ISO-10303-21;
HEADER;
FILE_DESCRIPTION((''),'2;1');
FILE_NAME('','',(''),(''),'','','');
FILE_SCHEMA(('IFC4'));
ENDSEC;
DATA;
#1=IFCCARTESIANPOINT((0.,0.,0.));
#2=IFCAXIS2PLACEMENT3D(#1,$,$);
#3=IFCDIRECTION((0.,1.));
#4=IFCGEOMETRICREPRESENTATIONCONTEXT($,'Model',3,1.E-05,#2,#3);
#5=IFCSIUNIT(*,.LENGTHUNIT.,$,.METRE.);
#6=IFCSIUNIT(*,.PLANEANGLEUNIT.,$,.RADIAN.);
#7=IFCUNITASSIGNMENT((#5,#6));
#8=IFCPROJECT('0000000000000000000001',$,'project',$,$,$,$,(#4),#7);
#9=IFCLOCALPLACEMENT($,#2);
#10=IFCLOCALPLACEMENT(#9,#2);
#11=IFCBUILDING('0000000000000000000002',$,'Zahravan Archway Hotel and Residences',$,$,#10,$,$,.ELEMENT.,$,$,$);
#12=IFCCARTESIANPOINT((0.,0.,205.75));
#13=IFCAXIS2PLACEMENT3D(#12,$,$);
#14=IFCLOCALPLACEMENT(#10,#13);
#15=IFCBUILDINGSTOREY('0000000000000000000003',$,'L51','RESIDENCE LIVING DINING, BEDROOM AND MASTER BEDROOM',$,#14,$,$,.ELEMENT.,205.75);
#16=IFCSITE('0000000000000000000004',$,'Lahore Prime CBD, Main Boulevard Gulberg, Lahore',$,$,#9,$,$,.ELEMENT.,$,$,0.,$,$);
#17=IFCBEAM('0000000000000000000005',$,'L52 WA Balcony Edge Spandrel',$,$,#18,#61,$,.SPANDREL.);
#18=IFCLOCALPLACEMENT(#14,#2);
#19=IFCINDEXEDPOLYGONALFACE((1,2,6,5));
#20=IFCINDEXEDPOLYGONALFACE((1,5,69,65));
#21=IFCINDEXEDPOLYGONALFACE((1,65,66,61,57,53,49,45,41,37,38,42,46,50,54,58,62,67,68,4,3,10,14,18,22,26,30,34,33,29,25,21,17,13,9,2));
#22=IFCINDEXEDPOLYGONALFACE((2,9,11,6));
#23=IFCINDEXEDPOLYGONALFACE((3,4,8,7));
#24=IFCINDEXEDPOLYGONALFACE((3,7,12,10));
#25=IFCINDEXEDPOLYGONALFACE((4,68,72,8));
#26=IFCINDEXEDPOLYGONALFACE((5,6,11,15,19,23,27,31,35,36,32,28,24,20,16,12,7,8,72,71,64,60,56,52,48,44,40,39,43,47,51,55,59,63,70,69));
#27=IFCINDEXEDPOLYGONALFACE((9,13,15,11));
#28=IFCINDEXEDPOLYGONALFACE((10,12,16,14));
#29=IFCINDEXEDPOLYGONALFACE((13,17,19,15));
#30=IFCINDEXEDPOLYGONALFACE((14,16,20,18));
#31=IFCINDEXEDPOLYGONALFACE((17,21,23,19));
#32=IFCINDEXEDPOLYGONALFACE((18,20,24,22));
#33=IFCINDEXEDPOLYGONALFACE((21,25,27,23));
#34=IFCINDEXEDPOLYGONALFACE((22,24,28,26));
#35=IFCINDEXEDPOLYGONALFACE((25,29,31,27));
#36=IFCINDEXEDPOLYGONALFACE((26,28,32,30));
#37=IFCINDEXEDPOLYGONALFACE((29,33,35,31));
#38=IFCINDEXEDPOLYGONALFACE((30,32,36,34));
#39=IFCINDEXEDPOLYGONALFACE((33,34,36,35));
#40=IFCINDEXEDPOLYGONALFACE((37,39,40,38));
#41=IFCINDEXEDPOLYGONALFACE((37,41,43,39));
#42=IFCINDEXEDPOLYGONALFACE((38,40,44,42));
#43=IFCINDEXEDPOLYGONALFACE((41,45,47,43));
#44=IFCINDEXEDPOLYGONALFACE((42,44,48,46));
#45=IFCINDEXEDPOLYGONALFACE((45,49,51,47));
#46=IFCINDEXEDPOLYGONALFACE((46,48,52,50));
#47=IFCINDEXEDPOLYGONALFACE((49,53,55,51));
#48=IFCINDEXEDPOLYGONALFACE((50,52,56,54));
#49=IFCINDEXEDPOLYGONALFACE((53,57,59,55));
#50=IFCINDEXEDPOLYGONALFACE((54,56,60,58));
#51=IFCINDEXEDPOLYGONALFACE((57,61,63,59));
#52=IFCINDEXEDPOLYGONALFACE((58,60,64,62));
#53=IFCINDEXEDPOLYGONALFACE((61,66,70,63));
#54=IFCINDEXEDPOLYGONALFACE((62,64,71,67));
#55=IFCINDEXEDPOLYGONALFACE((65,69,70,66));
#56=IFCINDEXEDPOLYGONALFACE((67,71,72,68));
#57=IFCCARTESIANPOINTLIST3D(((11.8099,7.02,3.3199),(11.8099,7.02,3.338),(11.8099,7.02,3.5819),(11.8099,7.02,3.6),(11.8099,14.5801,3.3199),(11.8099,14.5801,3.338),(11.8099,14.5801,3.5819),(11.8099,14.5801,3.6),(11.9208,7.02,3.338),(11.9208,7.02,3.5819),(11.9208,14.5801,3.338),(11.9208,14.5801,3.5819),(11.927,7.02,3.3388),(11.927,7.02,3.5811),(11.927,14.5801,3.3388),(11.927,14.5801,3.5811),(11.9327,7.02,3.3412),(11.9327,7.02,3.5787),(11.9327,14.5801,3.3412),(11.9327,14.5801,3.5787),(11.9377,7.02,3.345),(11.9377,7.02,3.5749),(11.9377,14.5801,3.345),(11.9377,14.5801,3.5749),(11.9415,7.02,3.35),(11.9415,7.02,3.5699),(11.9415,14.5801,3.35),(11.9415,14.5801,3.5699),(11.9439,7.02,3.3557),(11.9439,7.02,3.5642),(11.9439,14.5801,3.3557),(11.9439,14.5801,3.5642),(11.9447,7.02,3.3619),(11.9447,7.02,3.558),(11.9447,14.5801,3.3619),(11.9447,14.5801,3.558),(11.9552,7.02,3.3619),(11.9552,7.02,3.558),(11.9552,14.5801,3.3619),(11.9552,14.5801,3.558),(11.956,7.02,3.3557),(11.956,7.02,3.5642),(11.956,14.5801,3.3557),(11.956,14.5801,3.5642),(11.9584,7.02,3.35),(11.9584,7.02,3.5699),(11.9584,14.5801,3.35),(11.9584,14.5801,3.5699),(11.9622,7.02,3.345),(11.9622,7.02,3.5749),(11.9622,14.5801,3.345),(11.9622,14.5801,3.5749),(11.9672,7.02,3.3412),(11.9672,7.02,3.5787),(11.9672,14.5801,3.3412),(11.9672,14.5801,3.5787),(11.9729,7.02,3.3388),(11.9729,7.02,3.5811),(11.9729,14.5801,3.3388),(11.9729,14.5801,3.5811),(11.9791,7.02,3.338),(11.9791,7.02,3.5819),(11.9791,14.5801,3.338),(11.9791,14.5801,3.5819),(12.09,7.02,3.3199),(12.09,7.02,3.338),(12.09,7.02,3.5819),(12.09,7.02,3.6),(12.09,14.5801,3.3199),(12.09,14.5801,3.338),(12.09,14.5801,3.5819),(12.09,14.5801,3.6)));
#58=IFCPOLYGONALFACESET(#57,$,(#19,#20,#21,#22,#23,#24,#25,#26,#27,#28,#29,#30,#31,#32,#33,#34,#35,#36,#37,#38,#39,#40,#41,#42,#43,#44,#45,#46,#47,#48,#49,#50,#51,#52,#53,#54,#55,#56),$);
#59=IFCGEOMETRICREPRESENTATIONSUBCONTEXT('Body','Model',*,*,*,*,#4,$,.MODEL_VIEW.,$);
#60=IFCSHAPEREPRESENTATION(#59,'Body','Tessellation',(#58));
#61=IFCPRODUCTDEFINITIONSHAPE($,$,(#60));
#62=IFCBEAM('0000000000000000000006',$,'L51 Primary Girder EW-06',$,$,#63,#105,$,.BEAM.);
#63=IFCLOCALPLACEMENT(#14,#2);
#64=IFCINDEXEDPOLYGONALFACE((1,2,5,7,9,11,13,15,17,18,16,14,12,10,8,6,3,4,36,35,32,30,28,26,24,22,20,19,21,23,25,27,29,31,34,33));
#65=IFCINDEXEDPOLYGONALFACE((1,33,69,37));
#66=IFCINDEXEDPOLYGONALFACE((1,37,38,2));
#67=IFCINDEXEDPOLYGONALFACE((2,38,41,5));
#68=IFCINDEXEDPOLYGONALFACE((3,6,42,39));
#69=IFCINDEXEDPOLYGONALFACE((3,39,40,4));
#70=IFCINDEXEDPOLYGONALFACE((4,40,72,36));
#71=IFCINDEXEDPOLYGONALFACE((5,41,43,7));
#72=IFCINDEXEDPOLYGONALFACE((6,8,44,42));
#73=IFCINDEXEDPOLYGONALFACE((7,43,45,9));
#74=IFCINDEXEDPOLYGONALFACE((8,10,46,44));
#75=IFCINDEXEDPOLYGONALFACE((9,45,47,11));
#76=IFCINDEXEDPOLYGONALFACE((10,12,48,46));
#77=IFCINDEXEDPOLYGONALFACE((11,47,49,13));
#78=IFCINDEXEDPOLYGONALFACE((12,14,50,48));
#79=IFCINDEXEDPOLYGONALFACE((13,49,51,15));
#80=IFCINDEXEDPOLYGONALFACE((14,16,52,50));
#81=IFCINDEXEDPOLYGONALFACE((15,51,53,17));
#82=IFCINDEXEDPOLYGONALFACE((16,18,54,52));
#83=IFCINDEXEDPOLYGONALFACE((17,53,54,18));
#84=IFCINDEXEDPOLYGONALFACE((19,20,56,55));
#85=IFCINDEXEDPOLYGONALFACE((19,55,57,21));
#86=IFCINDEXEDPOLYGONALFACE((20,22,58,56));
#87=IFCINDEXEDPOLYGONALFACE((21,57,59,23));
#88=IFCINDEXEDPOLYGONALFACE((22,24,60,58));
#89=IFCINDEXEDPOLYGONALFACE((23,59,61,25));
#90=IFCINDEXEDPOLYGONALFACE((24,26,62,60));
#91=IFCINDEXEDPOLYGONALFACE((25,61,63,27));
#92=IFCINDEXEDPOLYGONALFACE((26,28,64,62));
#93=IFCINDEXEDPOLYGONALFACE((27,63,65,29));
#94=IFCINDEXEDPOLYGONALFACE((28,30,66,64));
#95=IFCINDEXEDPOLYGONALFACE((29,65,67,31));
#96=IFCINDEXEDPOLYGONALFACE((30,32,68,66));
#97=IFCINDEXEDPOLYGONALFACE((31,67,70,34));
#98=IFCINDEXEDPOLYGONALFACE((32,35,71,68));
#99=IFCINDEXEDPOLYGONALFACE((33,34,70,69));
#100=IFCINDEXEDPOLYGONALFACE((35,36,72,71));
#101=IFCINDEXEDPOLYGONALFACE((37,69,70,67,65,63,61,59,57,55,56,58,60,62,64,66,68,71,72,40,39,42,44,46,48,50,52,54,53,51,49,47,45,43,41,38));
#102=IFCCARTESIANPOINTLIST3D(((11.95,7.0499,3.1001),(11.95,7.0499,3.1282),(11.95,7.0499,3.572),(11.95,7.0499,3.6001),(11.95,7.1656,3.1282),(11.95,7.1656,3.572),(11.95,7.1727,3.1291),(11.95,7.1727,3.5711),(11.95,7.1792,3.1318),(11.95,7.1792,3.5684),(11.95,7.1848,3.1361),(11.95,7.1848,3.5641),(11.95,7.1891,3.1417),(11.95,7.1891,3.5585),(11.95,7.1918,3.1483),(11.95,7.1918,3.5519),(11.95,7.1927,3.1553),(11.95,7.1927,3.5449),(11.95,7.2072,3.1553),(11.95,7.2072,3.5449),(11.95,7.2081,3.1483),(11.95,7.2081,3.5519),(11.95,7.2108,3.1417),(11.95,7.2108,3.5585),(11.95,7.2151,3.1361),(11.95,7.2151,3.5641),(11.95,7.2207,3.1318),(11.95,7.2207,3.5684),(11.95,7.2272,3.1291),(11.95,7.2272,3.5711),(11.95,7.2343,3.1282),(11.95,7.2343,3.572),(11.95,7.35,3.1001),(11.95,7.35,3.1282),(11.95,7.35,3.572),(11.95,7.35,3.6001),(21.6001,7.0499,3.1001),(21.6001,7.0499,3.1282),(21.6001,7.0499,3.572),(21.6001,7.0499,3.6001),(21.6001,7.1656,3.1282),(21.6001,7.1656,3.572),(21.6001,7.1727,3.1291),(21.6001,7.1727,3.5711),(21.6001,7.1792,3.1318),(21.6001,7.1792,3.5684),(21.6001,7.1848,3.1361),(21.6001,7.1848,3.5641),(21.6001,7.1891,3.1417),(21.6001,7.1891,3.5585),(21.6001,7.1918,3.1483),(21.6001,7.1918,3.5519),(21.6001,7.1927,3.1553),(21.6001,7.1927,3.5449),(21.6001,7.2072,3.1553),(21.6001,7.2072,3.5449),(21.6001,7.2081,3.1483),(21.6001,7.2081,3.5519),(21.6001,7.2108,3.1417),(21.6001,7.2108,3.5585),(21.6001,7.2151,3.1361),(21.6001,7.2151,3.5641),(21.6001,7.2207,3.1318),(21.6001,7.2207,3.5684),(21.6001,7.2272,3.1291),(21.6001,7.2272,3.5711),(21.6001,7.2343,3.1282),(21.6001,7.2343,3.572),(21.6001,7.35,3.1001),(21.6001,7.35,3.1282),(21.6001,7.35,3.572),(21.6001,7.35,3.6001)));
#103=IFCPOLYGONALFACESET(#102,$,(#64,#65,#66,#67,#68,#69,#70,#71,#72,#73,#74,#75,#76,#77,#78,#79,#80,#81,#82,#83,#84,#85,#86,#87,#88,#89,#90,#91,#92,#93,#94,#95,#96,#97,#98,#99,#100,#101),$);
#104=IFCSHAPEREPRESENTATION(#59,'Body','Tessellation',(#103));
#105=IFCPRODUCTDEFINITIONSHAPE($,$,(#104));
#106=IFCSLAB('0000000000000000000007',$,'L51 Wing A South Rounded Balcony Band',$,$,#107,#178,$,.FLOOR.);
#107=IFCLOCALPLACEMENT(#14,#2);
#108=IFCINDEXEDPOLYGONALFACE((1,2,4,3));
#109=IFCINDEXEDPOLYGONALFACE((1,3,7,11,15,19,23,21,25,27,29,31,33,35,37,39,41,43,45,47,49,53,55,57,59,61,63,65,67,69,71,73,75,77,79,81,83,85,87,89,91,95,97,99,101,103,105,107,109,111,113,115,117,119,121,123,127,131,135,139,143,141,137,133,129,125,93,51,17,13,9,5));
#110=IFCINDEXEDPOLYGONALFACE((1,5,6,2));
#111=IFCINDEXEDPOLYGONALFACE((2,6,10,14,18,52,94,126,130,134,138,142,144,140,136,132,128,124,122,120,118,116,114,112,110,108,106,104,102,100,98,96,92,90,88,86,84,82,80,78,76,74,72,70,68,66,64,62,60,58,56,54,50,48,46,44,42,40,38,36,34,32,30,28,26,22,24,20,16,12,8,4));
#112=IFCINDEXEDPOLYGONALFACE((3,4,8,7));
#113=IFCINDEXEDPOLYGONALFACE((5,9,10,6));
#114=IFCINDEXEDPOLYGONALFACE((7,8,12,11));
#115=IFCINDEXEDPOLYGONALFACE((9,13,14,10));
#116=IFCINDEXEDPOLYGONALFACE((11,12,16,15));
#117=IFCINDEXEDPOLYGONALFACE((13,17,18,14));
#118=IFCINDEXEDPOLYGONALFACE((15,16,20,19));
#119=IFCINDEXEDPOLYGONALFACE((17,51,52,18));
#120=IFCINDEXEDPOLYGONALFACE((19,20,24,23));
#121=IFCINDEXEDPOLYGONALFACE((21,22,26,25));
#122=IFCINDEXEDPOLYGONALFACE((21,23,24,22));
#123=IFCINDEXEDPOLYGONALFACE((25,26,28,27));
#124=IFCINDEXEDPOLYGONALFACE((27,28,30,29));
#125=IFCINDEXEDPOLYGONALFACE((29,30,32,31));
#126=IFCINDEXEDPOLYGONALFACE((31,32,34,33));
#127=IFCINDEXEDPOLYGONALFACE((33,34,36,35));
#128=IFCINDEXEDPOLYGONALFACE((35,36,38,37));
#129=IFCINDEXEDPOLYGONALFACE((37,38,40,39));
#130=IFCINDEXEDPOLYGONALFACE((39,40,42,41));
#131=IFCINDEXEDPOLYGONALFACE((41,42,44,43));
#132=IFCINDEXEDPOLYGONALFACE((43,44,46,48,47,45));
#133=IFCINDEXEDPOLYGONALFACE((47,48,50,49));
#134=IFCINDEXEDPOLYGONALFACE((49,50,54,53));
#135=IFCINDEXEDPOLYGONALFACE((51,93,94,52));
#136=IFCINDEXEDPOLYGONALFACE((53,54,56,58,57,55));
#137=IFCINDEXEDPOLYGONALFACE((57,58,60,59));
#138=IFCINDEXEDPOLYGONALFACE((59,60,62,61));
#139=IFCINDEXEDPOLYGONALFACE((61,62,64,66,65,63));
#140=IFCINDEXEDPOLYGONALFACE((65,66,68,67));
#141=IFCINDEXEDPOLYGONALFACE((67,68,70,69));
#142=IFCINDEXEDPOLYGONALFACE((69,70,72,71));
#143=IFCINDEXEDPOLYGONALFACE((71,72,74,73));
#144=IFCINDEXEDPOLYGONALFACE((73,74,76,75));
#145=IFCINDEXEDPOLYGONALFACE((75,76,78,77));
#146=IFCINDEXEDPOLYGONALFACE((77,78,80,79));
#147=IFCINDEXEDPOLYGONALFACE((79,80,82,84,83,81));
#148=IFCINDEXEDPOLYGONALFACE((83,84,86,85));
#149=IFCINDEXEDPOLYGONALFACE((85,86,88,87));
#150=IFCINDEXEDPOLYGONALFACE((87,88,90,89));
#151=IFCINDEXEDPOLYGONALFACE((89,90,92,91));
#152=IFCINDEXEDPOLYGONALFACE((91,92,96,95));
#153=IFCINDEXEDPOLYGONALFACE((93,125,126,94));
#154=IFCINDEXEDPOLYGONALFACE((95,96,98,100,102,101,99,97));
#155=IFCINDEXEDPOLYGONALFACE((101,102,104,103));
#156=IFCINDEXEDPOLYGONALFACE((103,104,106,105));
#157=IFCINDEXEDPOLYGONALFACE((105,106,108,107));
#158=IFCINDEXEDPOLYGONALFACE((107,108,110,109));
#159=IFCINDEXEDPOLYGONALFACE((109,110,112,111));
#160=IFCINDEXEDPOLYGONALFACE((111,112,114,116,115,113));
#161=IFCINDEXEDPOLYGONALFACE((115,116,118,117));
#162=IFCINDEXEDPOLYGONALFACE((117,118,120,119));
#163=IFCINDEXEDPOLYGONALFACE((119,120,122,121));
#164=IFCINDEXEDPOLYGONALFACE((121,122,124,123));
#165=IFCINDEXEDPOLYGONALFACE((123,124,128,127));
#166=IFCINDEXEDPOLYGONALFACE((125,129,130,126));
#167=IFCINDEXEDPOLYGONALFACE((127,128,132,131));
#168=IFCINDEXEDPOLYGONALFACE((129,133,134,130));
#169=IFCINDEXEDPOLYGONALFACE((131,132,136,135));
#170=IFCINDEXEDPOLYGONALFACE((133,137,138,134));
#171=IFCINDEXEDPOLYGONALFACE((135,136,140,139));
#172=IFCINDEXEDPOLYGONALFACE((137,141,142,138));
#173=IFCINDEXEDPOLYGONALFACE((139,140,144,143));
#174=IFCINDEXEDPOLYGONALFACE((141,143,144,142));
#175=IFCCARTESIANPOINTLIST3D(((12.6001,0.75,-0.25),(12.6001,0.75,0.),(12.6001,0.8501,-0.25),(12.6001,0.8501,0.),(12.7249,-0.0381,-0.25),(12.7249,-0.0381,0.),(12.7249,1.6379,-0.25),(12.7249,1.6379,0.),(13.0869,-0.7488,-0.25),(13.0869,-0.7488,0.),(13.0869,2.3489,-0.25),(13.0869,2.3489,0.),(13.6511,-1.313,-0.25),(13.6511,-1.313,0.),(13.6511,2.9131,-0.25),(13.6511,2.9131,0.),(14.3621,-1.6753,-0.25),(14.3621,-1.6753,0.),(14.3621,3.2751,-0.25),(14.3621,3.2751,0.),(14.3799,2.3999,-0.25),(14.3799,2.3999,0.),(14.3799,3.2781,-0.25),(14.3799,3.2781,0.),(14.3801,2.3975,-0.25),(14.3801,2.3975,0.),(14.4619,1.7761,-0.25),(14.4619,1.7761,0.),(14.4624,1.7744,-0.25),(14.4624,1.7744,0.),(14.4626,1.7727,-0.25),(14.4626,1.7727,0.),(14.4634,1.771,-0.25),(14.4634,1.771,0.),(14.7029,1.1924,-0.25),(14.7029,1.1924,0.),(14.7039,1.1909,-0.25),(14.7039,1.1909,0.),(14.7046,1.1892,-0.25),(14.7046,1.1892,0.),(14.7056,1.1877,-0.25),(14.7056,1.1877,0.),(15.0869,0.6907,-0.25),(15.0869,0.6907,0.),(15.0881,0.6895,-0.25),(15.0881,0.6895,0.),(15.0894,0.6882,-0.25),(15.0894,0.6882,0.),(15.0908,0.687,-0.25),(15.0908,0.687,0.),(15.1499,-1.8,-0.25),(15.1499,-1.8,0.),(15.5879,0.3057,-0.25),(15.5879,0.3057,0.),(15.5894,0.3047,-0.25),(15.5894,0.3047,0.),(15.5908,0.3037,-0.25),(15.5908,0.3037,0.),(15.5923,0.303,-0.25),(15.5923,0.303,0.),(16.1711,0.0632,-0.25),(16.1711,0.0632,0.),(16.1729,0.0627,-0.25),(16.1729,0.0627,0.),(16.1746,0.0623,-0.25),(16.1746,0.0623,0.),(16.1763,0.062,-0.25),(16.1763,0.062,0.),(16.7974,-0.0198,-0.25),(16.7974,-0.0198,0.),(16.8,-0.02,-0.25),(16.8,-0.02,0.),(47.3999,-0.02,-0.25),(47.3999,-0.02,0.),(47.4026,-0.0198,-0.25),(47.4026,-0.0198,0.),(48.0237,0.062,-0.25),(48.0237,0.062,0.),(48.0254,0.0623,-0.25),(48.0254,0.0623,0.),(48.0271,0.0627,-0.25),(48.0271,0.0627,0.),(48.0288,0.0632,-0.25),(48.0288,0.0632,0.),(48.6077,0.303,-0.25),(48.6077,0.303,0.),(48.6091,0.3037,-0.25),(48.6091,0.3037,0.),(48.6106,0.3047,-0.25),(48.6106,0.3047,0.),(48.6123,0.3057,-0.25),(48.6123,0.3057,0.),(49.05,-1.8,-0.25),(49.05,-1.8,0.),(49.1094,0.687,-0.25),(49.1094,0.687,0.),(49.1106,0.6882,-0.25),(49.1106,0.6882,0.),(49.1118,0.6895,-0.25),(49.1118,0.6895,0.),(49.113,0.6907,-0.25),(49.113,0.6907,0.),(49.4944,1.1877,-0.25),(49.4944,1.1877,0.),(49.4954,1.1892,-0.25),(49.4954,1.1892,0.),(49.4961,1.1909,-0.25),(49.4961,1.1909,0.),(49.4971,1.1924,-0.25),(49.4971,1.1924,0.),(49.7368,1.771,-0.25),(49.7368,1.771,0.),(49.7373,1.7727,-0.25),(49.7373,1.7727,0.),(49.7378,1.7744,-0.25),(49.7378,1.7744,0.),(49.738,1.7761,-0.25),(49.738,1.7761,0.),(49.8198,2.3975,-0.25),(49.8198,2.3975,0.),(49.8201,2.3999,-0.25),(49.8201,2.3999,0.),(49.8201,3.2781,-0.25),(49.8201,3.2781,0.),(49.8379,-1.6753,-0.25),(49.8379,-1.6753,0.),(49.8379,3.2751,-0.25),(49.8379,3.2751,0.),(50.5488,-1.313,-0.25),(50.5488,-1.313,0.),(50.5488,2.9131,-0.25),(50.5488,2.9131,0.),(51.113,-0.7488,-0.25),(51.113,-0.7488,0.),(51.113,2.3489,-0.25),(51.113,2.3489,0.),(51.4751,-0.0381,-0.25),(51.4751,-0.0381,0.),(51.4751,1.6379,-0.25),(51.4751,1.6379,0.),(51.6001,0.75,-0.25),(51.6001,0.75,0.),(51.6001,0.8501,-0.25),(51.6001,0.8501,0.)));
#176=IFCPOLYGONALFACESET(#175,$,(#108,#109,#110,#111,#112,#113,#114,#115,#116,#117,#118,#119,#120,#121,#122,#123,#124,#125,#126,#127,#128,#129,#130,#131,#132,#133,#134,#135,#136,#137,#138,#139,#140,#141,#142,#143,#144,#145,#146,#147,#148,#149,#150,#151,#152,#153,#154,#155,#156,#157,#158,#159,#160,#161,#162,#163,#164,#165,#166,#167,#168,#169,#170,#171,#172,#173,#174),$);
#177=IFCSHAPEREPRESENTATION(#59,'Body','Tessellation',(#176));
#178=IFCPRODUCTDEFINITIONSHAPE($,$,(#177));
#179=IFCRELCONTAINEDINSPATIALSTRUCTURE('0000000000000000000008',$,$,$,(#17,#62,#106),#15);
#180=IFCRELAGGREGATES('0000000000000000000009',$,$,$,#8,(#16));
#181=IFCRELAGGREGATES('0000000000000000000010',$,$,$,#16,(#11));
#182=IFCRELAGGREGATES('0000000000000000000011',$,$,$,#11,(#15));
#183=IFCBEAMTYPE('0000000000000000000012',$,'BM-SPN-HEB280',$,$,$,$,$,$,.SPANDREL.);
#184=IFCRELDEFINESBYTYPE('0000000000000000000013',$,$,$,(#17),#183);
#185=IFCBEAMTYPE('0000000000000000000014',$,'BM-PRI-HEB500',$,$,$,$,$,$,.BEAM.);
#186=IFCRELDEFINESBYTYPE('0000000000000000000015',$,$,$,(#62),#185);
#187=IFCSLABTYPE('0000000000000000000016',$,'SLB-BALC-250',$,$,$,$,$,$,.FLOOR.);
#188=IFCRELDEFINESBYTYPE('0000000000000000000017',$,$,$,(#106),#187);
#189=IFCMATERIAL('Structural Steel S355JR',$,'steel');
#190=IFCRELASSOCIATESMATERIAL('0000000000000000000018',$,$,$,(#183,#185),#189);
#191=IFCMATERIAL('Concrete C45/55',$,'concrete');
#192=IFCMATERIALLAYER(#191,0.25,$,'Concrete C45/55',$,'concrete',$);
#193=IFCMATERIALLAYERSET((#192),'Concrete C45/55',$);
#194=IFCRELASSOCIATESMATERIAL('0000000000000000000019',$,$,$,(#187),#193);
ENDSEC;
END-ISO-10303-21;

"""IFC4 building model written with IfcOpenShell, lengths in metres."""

from ifc_helpers import new_model, si_unit, direction, frame, origin, origin_2d, place, context, subcontext, project, spatial, polyline, i_section, outline, extrude, source, transform, mapped, material, layer, layer_set, material_profile, profile_set, type_object, type_shapes, element, save


model = new_model("IFC4")

# Units and contexts
model_context = context("Model", 3, precision=1e-05, world=origin(), true_north=direction((0.0, 1.0)))
body_context = subcontext(model_context, "Body", "Model", "MODEL_VIEW")
ifc_project = project(units=[si_unit("LENGTHUNIT", "METRE"), si_unit("PLANEANGLEUNIT", "RADIAN")], contexts=[model_context])

# Site, building, storey
site_placement = place(None, origin())
site = spatial("IfcSite", under=ifc_project, at=site_placement, Name="Lahore Prime CBD, Main Boulevard Gulberg, Lahore", CompositionType="ELEMENT", RefElevation=0.0)
building_placement = place(site_placement, origin())
building = spatial("IfcBuilding", under=site, at=building_placement, Name="Zahravan Archway Hotel and Residences", CompositionType="ELEMENT")
storey_placement = place(building_placement, frame((0.0, 0.0, 205.75)))
storey = spatial("IfcBuildingStorey", under=building, at=storey_placement, Name="L51", Description="RESIDENCE LIVING DINING, BEDROOM AND MASTER BEDROOM", CompositionType="ELEMENT", Elevation=205.75)

# Beams
ifc_material_1 = material(Name="Structural Steel S355JR", Category="steel")
ifc_material_profile_1 = material_profile(ifc_material_1, i_section(OverallWidth=0.28, OverallDepth=0.28, WebThickness=0.0105, FlangeThickness=0.0181, FilletRadius=0.0239, at=origin_2d()), Name="HEB 280", Category="steel")
ifc_profile_set_1 = profile_set([ifc_material_profile_1], Name="Structural Steel S355JR")
beam_type_1 = type_object("IfcBeamType", Name="BM-SPN-HEB280", PredefinedType="SPANDREL", material=ifc_profile_set_1)
shared_shape_1 = source(origin(), body_context, "Body", "SweptSolid", [
    extrude(i_section(OverallWidth=0.28, OverallDepth=0.28, WebThickness=0.0105, FlangeThickness=0.0181, FilletRadius=0.0239, at=origin_2d()), origin(), (0.0, 0.0, 1.0), 7.5601),
])
type_shapes(beam_type_1, [shared_shape_1])
beam_1_placement = place(storey_placement, frame((11.95, 7.02, 3.46), z_axis=(0.0, 1.0, 0.0), x_axis=(-1.0, 0.0, 0.0)))
element("IfcBeam", 1, at=beam_1_placement, inside=storey, type_object=beam_type_1, Name="L52 WA Balcony Edge Spandrel", PredefinedType="SPANDREL", context=body_context, shape_type="MappedRepresentation", body=[
    mapped(shared_shape_1, transform((0.0, 0.0, 0.0), scale=1.0)),
])
ifc_material_profile_2 = material_profile(ifc_material_1, i_section(OverallWidth=0.3, OverallDepth=0.5, WebThickness=0.0144, FlangeThickness=0.0281, FilletRadius=0.0271, at=origin_2d()), Name="HEB 500", Category="steel")
ifc_profile_set_2 = profile_set([ifc_material_profile_2], Name="Structural Steel S355JR")
beam_type_2 = type_object("IfcBeamType", Name="BM-PRI-HEB500", PredefinedType="BEAM", material=ifc_profile_set_2)
shared_shape_2 = source(origin(), body_context, "Body", "SweptSolid", [
    extrude(i_section(OverallWidth=0.3, OverallDepth=0.5, WebThickness=0.0144, FlangeThickness=0.0281, FilletRadius=0.0271, at=origin_2d()), origin(), (0.0, 0.0, 1.0), 9.6501),
])
beam_2_placement = place(storey_placement, frame((11.95, 7.2, 3.3501), z_axis=(1.0, 0.0, 0.0), x_axis=(0.0, 1.0, 0.0)))
element("IfcBeam", 2, at=beam_2_placement, inside=storey, type_object=beam_type_2, Name="L51 Primary Girder EW-06", PredefinedType="BEAM", context=body_context, shape_type="MappedRepresentation", body=[
    mapped(shared_shape_2, transform((0.0, 0.0, 0.0), scale=1.0)),
])

# Slab
ifc_material_2 = material(Name="Concrete C45/55", Category="concrete")
ifc_layer_1 = layer(ifc_material_2, 0.25, Name="Concrete C45/55", Category="concrete")
ifc_layer_set_1 = layer_set([ifc_layer_1], Name="Concrete C45/55")
slab_type_1 = type_object("IfcSlabType", Name="SLB-BALC-250", PredefinedType="FLOOR", material=ifc_layer_set_1)
slab_1_placement = place(storey_placement, frame((0.0, 0.0, -0.25)))
element("IfcSlab", 3, at=slab_1_placement, inside=storey, type_object=slab_type_1, Name="L51 Wing A South Rounded Balcony Band", PredefinedType="FLOOR", context=body_context, shape_type="SweptSolid", body=[
    extrude(outline(polyline([(49.8379, 3.2751), (50.5488, 2.9131), (51.113, 2.3489), (51.4751, 1.6379), (51.6001, 0.8501), (51.6001, 0.75), (51.4751, -0.0381), (51.113, -0.7488), (50.5488, -1.313), (49.8379, -1.6753), (49.05, -1.8), (15.1499, -1.8), (14.3621, -1.6753), (13.6511, -1.313), (13.0869, -0.7488), (12.7249, -0.0381), (12.6001, 0.75), (12.6001, 0.8501), (12.7249, 1.6379), (13.0869, 2.3489), (13.6511, 2.9131), (14.3621, 3.2751), (14.3799, 3.2781), (14.3799, 2.3999), (14.3801, 2.3975), (14.4619, 1.7761), (14.4624, 1.7744), (14.4626, 1.7727), (14.4634, 1.771), (14.7029, 1.1924), (14.7039, 1.1909), (14.7046, 1.1892), (14.7056, 1.1877), (15.0869, 0.6907), (15.0881, 0.6895), (15.0894, 0.6882), (15.0908, 0.687), (15.5879, 0.3057), (15.5894, 0.3047), (15.5908, 0.3037), (15.5923, 0.303), (16.1711, 0.0632), (16.1729, 0.0627), (16.1746, 0.0623), (16.1763, 0.062), (16.7974, -0.0198), (16.8, -0.02), (47.3999, -0.02), (47.4026, -0.0198), (48.0237, 0.062), (48.0254, 0.0623), (48.0271, 0.0627), (48.0288, 0.0632), (48.6077, 0.303), (48.6091, 0.3037), (48.6106, 0.3047), (48.6123, 0.3057), (49.1094, 0.687), (49.1106, 0.6882), (49.1118, 0.6895), (49.113, 0.6907), (49.4944, 1.1877), (49.4954, 1.1892), (49.4961, 1.1909), (49.4971, 1.1924), (49.7368, 1.771), (49.7373, 1.7727), (49.7378, 1.7744), (49.738, 1.7761), (49.8198, 2.3975), (49.8201, 2.3999), (49.8201, 3.2781), (49.8379, 3.2751)])), origin(), (0.0, 0.0, 1.0), 0.25),
])

save(model, "model.ifc")
